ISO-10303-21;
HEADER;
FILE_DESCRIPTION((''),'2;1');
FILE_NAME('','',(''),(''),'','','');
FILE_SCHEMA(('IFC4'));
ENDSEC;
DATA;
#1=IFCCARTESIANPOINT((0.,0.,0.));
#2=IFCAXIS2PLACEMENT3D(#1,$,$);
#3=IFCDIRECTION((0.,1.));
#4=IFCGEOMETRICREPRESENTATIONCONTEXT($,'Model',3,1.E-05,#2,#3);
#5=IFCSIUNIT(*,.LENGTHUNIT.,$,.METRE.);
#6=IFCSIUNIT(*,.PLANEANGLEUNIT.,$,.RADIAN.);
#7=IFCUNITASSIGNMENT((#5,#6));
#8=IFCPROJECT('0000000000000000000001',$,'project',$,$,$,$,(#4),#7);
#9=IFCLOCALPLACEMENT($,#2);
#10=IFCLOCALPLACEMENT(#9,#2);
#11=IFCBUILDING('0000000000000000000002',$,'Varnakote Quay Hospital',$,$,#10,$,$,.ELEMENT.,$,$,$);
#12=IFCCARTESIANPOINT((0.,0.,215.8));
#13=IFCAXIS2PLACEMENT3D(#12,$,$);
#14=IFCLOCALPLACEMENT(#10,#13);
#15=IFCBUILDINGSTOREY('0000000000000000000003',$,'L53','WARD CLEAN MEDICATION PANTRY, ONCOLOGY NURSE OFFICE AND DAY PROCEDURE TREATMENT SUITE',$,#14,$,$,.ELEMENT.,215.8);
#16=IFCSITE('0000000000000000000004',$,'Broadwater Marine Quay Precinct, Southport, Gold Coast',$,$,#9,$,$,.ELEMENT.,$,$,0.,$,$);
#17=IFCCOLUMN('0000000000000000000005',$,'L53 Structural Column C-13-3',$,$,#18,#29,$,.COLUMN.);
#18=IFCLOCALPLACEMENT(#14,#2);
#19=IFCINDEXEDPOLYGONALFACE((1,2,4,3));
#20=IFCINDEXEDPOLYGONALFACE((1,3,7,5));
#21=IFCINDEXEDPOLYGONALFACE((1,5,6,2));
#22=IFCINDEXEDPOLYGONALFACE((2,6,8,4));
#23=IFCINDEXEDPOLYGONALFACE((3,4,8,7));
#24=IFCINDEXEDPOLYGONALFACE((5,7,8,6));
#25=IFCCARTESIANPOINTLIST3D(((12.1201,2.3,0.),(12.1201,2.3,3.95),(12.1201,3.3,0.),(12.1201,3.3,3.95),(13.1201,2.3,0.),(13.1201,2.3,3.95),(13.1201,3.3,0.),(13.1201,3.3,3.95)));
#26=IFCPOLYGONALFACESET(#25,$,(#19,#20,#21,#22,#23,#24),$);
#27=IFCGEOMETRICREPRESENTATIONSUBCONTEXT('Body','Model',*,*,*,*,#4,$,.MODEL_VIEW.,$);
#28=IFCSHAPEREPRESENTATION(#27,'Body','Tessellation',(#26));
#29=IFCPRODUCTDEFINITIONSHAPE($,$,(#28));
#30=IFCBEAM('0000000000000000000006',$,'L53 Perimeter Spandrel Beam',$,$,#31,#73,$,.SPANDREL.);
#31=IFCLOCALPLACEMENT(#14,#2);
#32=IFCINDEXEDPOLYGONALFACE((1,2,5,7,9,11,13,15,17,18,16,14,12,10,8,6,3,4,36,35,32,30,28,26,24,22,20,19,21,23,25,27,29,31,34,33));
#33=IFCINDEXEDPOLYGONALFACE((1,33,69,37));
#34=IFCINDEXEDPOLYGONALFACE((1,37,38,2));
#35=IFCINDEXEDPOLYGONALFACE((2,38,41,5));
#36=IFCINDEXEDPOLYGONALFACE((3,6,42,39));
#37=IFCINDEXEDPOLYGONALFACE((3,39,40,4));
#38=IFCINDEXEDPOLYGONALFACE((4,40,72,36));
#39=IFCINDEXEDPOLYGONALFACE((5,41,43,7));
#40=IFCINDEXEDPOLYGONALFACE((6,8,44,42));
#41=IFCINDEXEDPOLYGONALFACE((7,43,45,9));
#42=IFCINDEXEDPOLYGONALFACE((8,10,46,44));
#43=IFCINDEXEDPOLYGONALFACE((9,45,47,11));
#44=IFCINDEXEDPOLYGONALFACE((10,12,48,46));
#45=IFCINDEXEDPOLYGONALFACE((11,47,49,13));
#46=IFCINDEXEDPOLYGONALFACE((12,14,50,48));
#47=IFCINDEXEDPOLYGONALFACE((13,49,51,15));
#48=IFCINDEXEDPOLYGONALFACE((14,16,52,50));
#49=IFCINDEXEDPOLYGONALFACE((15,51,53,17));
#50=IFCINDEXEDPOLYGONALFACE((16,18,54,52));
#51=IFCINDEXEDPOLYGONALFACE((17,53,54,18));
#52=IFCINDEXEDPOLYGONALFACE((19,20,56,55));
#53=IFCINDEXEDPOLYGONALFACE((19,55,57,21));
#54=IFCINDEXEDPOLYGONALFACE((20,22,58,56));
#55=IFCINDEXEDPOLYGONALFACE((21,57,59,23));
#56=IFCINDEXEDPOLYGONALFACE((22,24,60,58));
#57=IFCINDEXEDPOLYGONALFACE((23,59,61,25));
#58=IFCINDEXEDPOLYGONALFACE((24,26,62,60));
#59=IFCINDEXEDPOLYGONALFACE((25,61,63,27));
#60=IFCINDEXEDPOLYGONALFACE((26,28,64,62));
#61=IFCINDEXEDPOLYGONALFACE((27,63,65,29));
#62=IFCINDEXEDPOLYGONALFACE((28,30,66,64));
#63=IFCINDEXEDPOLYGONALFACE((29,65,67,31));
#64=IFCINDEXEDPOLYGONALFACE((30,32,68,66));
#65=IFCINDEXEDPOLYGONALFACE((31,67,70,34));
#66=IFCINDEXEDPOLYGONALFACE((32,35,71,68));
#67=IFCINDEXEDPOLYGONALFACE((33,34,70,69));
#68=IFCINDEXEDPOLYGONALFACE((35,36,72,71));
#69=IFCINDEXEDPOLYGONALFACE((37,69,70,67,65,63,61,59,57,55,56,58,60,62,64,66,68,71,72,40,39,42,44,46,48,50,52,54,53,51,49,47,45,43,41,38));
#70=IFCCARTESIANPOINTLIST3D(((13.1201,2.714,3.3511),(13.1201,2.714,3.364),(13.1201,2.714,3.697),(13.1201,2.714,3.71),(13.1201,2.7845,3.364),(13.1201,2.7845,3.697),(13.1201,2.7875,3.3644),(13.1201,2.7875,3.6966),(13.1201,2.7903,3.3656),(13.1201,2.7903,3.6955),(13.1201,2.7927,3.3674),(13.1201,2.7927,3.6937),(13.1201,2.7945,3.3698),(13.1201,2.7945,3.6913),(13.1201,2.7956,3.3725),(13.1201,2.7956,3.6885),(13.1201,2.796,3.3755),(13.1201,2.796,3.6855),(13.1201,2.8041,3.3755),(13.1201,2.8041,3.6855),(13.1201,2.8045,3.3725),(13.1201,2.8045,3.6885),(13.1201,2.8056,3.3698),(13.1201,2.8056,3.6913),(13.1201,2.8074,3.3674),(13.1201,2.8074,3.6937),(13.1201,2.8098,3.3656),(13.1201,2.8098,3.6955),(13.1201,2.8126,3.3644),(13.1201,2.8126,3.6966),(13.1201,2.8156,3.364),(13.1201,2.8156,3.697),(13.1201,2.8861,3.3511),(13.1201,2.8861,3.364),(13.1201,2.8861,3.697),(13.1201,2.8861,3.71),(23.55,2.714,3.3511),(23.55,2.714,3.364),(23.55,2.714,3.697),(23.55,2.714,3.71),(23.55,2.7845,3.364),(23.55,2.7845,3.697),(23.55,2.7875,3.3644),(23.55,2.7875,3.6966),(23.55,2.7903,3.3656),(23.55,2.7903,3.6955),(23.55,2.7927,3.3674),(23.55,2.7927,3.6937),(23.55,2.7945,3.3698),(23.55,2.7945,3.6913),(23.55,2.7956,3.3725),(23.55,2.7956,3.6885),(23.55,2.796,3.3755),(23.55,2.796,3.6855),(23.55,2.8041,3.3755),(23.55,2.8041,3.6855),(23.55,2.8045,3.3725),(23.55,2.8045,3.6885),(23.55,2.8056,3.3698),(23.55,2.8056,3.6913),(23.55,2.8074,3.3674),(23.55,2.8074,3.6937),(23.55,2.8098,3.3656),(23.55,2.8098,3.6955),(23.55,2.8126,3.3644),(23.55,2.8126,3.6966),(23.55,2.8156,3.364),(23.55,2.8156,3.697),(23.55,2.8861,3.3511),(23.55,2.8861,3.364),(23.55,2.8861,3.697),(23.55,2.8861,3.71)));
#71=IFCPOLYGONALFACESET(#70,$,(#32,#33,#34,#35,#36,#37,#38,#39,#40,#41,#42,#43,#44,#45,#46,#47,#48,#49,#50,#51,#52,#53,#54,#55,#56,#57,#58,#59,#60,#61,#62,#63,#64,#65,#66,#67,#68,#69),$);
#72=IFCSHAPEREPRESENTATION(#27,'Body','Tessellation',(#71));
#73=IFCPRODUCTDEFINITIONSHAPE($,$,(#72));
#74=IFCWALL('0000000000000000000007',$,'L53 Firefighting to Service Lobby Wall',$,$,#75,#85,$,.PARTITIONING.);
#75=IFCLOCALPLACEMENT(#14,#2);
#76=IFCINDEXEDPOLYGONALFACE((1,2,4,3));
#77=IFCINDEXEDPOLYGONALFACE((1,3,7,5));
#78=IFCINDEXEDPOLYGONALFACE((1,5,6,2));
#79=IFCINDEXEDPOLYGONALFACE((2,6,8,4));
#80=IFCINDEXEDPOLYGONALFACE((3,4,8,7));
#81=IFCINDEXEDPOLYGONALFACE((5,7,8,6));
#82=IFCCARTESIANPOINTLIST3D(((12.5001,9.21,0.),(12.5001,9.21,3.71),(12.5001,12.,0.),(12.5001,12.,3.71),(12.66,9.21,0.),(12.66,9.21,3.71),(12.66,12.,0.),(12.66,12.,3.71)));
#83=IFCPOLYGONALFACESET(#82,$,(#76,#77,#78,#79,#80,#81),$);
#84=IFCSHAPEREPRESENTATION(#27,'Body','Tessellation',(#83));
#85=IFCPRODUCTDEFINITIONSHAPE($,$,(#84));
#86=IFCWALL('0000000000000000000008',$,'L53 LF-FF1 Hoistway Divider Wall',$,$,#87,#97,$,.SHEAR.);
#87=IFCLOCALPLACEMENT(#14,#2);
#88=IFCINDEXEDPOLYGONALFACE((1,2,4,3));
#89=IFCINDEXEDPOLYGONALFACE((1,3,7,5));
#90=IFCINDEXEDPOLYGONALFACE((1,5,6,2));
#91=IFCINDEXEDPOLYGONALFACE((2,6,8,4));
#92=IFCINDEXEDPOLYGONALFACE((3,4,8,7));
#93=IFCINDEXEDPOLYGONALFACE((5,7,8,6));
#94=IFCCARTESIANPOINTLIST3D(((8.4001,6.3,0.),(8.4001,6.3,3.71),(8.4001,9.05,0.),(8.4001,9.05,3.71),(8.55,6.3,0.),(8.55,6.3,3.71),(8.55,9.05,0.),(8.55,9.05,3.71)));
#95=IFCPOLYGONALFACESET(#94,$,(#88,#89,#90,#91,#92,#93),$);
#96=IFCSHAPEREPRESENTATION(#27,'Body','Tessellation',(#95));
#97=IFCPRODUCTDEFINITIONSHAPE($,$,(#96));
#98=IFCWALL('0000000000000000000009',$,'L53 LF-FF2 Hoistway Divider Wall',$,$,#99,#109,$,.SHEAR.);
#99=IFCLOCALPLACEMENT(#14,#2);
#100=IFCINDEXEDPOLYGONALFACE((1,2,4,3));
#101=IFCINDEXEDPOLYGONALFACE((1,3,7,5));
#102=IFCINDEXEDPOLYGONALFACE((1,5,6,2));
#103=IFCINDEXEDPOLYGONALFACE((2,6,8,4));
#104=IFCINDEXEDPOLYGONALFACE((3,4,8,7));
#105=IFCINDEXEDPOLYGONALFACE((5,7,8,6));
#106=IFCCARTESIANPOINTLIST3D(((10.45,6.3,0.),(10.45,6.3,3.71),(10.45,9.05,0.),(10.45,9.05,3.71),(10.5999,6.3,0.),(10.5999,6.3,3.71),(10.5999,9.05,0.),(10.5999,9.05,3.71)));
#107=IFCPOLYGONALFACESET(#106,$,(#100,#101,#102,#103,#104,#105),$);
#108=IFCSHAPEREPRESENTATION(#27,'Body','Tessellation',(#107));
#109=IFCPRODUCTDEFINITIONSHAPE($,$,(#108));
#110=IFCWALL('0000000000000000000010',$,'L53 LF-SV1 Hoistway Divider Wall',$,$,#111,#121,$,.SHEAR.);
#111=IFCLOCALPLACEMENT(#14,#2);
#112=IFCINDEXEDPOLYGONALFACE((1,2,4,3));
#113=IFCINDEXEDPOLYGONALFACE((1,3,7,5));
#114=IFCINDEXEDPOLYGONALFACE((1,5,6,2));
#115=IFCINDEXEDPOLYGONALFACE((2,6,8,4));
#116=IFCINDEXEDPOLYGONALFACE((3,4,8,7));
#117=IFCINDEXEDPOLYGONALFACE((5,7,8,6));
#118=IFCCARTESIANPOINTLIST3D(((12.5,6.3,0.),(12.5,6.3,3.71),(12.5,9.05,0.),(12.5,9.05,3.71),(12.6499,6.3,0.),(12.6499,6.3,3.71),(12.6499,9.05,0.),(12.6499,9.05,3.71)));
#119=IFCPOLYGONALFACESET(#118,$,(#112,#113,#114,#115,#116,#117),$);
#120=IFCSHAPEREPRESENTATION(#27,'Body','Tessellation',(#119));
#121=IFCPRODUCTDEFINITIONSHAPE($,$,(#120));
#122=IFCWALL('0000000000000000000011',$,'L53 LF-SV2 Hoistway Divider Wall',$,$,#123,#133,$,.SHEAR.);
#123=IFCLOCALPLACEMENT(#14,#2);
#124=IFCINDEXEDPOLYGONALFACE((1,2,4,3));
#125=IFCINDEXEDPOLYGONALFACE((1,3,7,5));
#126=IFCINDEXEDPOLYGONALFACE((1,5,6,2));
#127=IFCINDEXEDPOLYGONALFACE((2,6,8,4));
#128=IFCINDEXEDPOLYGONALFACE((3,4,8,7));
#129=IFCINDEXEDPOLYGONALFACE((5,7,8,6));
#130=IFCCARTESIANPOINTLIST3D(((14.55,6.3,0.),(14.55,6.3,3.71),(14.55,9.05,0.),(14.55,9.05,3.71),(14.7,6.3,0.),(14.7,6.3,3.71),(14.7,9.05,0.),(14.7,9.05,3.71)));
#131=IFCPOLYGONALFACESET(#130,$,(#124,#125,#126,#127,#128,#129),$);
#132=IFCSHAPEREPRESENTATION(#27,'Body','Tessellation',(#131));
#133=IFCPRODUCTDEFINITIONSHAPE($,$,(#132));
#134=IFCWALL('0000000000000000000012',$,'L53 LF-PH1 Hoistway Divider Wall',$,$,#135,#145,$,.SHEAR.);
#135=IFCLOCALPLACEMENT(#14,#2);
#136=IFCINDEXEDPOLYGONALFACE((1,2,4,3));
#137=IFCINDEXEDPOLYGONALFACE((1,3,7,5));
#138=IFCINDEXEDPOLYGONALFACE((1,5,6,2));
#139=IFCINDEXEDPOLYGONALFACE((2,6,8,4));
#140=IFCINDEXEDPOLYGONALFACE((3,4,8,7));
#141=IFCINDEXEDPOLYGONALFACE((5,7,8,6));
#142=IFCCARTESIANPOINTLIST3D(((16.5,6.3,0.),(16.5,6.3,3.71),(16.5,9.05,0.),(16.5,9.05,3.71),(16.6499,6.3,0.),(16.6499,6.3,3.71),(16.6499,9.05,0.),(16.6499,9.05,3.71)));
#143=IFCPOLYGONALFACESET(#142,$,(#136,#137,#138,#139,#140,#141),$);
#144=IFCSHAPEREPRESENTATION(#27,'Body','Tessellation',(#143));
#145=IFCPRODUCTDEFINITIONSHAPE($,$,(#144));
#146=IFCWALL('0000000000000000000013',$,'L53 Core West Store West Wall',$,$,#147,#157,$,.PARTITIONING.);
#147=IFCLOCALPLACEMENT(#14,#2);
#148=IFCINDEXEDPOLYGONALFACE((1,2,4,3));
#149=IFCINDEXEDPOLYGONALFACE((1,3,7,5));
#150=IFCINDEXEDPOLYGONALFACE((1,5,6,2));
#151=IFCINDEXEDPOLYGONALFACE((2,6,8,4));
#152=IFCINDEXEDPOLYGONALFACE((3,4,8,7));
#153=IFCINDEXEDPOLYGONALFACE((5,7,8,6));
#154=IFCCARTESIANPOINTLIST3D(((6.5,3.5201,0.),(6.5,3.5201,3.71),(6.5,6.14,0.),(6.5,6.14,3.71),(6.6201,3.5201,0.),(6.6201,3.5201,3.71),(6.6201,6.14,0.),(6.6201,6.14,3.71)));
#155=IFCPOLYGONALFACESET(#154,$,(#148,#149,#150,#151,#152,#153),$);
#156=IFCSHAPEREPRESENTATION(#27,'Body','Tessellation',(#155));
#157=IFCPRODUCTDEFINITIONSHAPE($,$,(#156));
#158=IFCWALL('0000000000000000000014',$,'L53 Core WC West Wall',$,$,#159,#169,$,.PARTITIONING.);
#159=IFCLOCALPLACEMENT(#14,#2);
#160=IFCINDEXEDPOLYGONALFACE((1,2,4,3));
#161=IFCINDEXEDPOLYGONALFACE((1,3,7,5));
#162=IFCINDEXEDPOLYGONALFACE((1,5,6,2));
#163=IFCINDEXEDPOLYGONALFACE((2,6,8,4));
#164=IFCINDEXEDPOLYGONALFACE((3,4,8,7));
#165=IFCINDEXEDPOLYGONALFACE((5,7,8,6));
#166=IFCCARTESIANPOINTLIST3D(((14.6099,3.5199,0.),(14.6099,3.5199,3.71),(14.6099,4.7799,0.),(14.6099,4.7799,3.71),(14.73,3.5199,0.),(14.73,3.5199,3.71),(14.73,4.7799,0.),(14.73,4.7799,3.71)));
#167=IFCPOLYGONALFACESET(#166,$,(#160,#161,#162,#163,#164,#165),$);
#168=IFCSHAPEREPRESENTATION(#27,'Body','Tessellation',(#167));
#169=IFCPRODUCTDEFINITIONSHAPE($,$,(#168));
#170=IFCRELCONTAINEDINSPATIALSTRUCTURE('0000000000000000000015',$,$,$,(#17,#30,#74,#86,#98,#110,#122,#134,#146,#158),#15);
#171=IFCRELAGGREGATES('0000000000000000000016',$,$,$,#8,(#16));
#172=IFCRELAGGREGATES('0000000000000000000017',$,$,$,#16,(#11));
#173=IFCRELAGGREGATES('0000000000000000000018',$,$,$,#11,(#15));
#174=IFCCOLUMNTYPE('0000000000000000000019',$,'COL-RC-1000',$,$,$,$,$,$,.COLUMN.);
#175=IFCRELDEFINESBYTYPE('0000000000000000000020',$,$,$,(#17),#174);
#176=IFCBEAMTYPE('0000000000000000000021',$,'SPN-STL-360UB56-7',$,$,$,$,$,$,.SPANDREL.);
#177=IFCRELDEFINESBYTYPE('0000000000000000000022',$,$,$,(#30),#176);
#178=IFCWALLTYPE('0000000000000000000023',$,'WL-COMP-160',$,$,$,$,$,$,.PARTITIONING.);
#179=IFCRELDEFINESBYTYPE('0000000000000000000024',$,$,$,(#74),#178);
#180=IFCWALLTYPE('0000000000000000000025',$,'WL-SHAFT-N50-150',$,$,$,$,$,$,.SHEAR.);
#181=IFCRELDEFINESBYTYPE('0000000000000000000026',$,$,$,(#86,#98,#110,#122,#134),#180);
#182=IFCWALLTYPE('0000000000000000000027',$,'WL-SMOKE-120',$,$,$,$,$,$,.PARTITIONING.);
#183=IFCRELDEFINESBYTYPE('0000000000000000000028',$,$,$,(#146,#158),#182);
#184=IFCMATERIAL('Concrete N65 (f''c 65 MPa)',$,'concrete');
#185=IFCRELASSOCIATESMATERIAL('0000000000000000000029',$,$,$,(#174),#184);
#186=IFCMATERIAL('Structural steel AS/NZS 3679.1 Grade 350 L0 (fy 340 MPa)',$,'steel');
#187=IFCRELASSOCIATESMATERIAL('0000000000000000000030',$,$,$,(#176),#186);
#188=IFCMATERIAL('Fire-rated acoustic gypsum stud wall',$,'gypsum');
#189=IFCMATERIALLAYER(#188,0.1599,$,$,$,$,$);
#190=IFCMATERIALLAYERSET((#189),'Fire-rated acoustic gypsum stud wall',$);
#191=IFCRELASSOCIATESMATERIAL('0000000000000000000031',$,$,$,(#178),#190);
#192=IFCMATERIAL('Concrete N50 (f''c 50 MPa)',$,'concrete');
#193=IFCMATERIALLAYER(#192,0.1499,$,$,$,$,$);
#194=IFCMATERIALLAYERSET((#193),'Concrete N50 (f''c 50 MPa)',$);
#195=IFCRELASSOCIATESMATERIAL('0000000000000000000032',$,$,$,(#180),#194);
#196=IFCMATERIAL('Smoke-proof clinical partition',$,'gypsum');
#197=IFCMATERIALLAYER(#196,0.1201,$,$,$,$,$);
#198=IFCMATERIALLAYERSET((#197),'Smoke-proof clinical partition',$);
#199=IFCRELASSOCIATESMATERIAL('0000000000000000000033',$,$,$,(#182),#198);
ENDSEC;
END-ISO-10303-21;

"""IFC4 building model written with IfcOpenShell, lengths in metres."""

from ifc_helpers import new_model, si_unit, direction, frame, frame_2d, origin, origin_2d, place, context, subcontext, project, spatial, rectangle, i_section, extrude, material, layer, layer_set, material_profile, profile_set, type_object, element, save


model = new_model("IFC4")

# Units and contexts
model_context = context("Model", 3, precision=1e-05, world=origin(), true_north=direction((0.0, 1.0)))
body_context = subcontext(model_context, "Body", "Model", "MODEL_VIEW")
ifc_project = project(units=[si_unit("LENGTHUNIT", "METRE"), si_unit("PLANEANGLEUNIT", "RADIAN")], contexts=[model_context])

# Site, building, storey
site_placement = place(None, origin())
site = spatial("IfcSite", under=ifc_project, at=site_placement, Name="Broadwater Marine Quay Precinct, Southport, Gold Coast", CompositionType="ELEMENT", RefElevation=0.0)
building_placement = place(site_placement, origin())
building = spatial("IfcBuilding", under=site, at=building_placement, Name="Varnakote Quay Hospital", CompositionType="ELEMENT")
storey_placement = place(building_placement, frame((0.0, 0.0, 215.8)))
storey = spatial("IfcBuildingStorey", under=building, at=storey_placement, Name="L53", Description="WARD CLEAN MEDICATION PANTRY, ONCOLOGY NURSE OFFICE AND DAY PROCEDURE TREATMENT SUITE", CompositionType="ELEMENT", Elevation=215.8)

# Column
ifc_material_1 = material(Name="Concrete N65 (f'c 65 MPa)", Category="concrete")
ifc_material_profile_1 = material_profile(ifc_material_1, rectangle(XDim=1.0, YDim=1.0, at=origin_2d()), Name="RC-COL-1000x1000")
ifc_profile_set_1 = profile_set([ifc_material_profile_1], Name="Concrete N65 (f'c 65 MPa)")
column_type = type_object("IfcColumnType", Name="COL-RC-1000", PredefinedType="COLUMN", material=ifc_profile_set_1)
column_placement = place(storey_placement, frame((12.6201, 2.8, 0.0), z_axis=(0.0, 0.0, 1.0), x_axis=(1.0, 0.0, 0.0)))
element("IfcColumn", 1, at=column_placement, inside=storey, type_object=column_type, Name="L53 Structural Column C-13-3", PredefinedType="COLUMN", context=body_context, shape_type="SweptSolid", body=[
    extrude(rectangle(XDim=1.0, YDim=1.0, at=origin_2d()), origin(), (0.0, 0.0, 1.0), 3.95),
])

# Beam
ifc_material_2 = material(Name="Structural steel AS/NZS 3679.1 Grade 350 L0 (fy 340 MPa)", Category="steel")
ifc_material_profile_2 = material_profile(ifc_material_2, i_section(OverallWidth=0.1721, OverallDepth=0.3589, WebThickness=0.0081, FlangeThickness=0.0129, FilletRadius=0.0115, at=origin_2d()), Name="360UB56.7")
ifc_profile_set_2 = profile_set([ifc_material_profile_2], Name="Structural steel AS/NZS 3679.1 Grade 350 L0 (fy 340 MPa)")
beam_type = type_object("IfcBeamType", Name="SPN-STL-360UB56-7", PredefinedType="SPANDREL", material=ifc_profile_set_2)
beam_placement = place(storey_placement, frame((13.1201, 2.8, 3.5305), z_axis=(1.0, 0.0, 0.0), x_axis=(0.0, 1.0, 0.0)))
element("IfcBeam", 2, at=beam_placement, inside=storey, type_object=beam_type, Name="L53 Perimeter Spandrel Beam", PredefinedType="SPANDREL", context=body_context, shape_type="SweptSolid", body=[
    extrude(i_section(OverallWidth=0.1721, OverallDepth=0.3589, WebThickness=0.0081, FlangeThickness=0.0129, FilletRadius=0.0115, at=origin_2d()), origin(), (0.0, 0.0, 1.0), 10.4299),
])

# Walls
ifc_material_3 = material(Name="Fire-rated acoustic gypsum stud wall", Category="gypsum")
ifc_layer_1 = layer(ifc_material_3, 0.1599)
ifc_layer_set_1 = layer_set([ifc_layer_1], Name="Fire-rated acoustic gypsum stud wall")
wall_type_1 = type_object("IfcWallType", Name="WL-COMP-160", PredefinedType="PARTITIONING", material=ifc_layer_set_1)
wall_1_placement = place(storey_placement, frame((12.5801, 9.21, 0.0), z_axis=(0.0, 0.0, 1.0), x_axis=(0.0, 1.0, 0.0)))
element("IfcWall", 3, at=wall_1_placement, inside=storey, type_object=wall_type_1, Name="L53 Firefighting to Service Lobby Wall", PredefinedType="PARTITIONING", context=body_context, shape_type="SweptSolid", body=[
    extrude(rectangle(XDim=2.79, YDim=0.1599, at=frame_2d((1.395, 0.0))), origin(), (0.0, 0.0, 1.0), 3.71),
])
ifc_material_4 = material(Name="Concrete N50 (f'c 50 MPa)", Category="concrete")
ifc_layer_2 = layer(ifc_material_4, 0.1499)
ifc_layer_set_2 = layer_set([ifc_layer_2], Name="Concrete N50 (f'c 50 MPa)")
wall_type_2 = type_object("IfcWallType", Name="WL-SHAFT-N50-150", PredefinedType="SHEAR", material=ifc_layer_set_2)
for number, where, z_axis, x_axis, name in (
    (4, (8.4751, 6.3, 0.0), (0.0, 0.0, 1.0), (0.0, 1.0, 0.0), "L53 LF-FF1 Hoistway Divider Wall"),
    (5, (10.5249, 6.3, 0.0), (0.0, 0.0, 1.0), (0.0, 1.0, 0.0), "L53 LF-FF2 Hoistway Divider Wall"),
    (6, (12.575, 6.3, 0.0), (0.0, 0.0, 1.0), (0.0, 1.0, 0.0), "L53 LF-SV1 Hoistway Divider Wall"),
    (7, (14.625, 6.3, 0.0), (0.0, 0.0, 1.0), (0.0, 1.0, 0.0), "L53 LF-SV2 Hoistway Divider Wall"),
    (8, (16.575, 6.3, 0.0), (0.0, 0.0, 1.0), (0.0, 1.0, 0.0), "L53 LF-PH1 Hoistway Divider Wall"),
):
    element("IfcWall", number, at=place(storey_placement, frame(where, z_axis=z_axis, x_axis=x_axis)), inside=storey, type_object=wall_type_2, Name=name, PredefinedType="SHEAR", context=body_context, shape_type="SweptSolid", body=[
        extrude(rectangle(XDim=2.75, YDim=0.1499, at=frame_2d((1.375, 0.0))), origin(), (0.0, 0.0, 1.0), 3.71),
    ])

# Walls
ifc_material_5 = material(Name="Smoke-proof clinical partition", Category="gypsum")
ifc_layer_3 = layer(ifc_material_5, 0.1201)
ifc_layer_set_3 = layer_set([ifc_layer_3], Name="Smoke-proof clinical partition")
wall_type_3 = type_object("IfcWallType", Name="WL-SMOKE-120", PredefinedType="PARTITIONING", material=ifc_layer_set_3)
wall_2_placement = place(storey_placement, frame((6.5601, 3.52, 0.0), z_axis=(0.0, 0.0, 1.0), x_axis=(0.0, 1.0, 0.0)))
element("IfcWall", 9, at=wall_2_placement, inside=storey, type_object=wall_type_3, Name="L53 Core West Store West Wall", PredefinedType="PARTITIONING", context=body_context, shape_type="SweptSolid", body=[
    extrude(rectangle(XDim=2.6199, YDim=0.1201, at=frame_2d((1.3101, 0.0))), origin(), (0.0, 0.0, 1.0), 3.71),
])
wall_3_placement = place(storey_placement, frame((14.6699, 3.52, 0.0), z_axis=(0.0, 0.0, 1.0), x_axis=(0.0, 1.0, 0.0)))
element("IfcWall", 10, at=wall_3_placement, inside=storey, type_object=wall_type_3, Name="L53 Core WC West Wall", PredefinedType="PARTITIONING", context=body_context, shape_type="SweptSolid", body=[
    extrude(rectangle(XDim=1.26, YDim=0.1201, at=frame_2d((0.6299, 0.0))), origin(), (0.0, 0.0, 1.0), 3.71),
])

save(model, "model.ifc")
